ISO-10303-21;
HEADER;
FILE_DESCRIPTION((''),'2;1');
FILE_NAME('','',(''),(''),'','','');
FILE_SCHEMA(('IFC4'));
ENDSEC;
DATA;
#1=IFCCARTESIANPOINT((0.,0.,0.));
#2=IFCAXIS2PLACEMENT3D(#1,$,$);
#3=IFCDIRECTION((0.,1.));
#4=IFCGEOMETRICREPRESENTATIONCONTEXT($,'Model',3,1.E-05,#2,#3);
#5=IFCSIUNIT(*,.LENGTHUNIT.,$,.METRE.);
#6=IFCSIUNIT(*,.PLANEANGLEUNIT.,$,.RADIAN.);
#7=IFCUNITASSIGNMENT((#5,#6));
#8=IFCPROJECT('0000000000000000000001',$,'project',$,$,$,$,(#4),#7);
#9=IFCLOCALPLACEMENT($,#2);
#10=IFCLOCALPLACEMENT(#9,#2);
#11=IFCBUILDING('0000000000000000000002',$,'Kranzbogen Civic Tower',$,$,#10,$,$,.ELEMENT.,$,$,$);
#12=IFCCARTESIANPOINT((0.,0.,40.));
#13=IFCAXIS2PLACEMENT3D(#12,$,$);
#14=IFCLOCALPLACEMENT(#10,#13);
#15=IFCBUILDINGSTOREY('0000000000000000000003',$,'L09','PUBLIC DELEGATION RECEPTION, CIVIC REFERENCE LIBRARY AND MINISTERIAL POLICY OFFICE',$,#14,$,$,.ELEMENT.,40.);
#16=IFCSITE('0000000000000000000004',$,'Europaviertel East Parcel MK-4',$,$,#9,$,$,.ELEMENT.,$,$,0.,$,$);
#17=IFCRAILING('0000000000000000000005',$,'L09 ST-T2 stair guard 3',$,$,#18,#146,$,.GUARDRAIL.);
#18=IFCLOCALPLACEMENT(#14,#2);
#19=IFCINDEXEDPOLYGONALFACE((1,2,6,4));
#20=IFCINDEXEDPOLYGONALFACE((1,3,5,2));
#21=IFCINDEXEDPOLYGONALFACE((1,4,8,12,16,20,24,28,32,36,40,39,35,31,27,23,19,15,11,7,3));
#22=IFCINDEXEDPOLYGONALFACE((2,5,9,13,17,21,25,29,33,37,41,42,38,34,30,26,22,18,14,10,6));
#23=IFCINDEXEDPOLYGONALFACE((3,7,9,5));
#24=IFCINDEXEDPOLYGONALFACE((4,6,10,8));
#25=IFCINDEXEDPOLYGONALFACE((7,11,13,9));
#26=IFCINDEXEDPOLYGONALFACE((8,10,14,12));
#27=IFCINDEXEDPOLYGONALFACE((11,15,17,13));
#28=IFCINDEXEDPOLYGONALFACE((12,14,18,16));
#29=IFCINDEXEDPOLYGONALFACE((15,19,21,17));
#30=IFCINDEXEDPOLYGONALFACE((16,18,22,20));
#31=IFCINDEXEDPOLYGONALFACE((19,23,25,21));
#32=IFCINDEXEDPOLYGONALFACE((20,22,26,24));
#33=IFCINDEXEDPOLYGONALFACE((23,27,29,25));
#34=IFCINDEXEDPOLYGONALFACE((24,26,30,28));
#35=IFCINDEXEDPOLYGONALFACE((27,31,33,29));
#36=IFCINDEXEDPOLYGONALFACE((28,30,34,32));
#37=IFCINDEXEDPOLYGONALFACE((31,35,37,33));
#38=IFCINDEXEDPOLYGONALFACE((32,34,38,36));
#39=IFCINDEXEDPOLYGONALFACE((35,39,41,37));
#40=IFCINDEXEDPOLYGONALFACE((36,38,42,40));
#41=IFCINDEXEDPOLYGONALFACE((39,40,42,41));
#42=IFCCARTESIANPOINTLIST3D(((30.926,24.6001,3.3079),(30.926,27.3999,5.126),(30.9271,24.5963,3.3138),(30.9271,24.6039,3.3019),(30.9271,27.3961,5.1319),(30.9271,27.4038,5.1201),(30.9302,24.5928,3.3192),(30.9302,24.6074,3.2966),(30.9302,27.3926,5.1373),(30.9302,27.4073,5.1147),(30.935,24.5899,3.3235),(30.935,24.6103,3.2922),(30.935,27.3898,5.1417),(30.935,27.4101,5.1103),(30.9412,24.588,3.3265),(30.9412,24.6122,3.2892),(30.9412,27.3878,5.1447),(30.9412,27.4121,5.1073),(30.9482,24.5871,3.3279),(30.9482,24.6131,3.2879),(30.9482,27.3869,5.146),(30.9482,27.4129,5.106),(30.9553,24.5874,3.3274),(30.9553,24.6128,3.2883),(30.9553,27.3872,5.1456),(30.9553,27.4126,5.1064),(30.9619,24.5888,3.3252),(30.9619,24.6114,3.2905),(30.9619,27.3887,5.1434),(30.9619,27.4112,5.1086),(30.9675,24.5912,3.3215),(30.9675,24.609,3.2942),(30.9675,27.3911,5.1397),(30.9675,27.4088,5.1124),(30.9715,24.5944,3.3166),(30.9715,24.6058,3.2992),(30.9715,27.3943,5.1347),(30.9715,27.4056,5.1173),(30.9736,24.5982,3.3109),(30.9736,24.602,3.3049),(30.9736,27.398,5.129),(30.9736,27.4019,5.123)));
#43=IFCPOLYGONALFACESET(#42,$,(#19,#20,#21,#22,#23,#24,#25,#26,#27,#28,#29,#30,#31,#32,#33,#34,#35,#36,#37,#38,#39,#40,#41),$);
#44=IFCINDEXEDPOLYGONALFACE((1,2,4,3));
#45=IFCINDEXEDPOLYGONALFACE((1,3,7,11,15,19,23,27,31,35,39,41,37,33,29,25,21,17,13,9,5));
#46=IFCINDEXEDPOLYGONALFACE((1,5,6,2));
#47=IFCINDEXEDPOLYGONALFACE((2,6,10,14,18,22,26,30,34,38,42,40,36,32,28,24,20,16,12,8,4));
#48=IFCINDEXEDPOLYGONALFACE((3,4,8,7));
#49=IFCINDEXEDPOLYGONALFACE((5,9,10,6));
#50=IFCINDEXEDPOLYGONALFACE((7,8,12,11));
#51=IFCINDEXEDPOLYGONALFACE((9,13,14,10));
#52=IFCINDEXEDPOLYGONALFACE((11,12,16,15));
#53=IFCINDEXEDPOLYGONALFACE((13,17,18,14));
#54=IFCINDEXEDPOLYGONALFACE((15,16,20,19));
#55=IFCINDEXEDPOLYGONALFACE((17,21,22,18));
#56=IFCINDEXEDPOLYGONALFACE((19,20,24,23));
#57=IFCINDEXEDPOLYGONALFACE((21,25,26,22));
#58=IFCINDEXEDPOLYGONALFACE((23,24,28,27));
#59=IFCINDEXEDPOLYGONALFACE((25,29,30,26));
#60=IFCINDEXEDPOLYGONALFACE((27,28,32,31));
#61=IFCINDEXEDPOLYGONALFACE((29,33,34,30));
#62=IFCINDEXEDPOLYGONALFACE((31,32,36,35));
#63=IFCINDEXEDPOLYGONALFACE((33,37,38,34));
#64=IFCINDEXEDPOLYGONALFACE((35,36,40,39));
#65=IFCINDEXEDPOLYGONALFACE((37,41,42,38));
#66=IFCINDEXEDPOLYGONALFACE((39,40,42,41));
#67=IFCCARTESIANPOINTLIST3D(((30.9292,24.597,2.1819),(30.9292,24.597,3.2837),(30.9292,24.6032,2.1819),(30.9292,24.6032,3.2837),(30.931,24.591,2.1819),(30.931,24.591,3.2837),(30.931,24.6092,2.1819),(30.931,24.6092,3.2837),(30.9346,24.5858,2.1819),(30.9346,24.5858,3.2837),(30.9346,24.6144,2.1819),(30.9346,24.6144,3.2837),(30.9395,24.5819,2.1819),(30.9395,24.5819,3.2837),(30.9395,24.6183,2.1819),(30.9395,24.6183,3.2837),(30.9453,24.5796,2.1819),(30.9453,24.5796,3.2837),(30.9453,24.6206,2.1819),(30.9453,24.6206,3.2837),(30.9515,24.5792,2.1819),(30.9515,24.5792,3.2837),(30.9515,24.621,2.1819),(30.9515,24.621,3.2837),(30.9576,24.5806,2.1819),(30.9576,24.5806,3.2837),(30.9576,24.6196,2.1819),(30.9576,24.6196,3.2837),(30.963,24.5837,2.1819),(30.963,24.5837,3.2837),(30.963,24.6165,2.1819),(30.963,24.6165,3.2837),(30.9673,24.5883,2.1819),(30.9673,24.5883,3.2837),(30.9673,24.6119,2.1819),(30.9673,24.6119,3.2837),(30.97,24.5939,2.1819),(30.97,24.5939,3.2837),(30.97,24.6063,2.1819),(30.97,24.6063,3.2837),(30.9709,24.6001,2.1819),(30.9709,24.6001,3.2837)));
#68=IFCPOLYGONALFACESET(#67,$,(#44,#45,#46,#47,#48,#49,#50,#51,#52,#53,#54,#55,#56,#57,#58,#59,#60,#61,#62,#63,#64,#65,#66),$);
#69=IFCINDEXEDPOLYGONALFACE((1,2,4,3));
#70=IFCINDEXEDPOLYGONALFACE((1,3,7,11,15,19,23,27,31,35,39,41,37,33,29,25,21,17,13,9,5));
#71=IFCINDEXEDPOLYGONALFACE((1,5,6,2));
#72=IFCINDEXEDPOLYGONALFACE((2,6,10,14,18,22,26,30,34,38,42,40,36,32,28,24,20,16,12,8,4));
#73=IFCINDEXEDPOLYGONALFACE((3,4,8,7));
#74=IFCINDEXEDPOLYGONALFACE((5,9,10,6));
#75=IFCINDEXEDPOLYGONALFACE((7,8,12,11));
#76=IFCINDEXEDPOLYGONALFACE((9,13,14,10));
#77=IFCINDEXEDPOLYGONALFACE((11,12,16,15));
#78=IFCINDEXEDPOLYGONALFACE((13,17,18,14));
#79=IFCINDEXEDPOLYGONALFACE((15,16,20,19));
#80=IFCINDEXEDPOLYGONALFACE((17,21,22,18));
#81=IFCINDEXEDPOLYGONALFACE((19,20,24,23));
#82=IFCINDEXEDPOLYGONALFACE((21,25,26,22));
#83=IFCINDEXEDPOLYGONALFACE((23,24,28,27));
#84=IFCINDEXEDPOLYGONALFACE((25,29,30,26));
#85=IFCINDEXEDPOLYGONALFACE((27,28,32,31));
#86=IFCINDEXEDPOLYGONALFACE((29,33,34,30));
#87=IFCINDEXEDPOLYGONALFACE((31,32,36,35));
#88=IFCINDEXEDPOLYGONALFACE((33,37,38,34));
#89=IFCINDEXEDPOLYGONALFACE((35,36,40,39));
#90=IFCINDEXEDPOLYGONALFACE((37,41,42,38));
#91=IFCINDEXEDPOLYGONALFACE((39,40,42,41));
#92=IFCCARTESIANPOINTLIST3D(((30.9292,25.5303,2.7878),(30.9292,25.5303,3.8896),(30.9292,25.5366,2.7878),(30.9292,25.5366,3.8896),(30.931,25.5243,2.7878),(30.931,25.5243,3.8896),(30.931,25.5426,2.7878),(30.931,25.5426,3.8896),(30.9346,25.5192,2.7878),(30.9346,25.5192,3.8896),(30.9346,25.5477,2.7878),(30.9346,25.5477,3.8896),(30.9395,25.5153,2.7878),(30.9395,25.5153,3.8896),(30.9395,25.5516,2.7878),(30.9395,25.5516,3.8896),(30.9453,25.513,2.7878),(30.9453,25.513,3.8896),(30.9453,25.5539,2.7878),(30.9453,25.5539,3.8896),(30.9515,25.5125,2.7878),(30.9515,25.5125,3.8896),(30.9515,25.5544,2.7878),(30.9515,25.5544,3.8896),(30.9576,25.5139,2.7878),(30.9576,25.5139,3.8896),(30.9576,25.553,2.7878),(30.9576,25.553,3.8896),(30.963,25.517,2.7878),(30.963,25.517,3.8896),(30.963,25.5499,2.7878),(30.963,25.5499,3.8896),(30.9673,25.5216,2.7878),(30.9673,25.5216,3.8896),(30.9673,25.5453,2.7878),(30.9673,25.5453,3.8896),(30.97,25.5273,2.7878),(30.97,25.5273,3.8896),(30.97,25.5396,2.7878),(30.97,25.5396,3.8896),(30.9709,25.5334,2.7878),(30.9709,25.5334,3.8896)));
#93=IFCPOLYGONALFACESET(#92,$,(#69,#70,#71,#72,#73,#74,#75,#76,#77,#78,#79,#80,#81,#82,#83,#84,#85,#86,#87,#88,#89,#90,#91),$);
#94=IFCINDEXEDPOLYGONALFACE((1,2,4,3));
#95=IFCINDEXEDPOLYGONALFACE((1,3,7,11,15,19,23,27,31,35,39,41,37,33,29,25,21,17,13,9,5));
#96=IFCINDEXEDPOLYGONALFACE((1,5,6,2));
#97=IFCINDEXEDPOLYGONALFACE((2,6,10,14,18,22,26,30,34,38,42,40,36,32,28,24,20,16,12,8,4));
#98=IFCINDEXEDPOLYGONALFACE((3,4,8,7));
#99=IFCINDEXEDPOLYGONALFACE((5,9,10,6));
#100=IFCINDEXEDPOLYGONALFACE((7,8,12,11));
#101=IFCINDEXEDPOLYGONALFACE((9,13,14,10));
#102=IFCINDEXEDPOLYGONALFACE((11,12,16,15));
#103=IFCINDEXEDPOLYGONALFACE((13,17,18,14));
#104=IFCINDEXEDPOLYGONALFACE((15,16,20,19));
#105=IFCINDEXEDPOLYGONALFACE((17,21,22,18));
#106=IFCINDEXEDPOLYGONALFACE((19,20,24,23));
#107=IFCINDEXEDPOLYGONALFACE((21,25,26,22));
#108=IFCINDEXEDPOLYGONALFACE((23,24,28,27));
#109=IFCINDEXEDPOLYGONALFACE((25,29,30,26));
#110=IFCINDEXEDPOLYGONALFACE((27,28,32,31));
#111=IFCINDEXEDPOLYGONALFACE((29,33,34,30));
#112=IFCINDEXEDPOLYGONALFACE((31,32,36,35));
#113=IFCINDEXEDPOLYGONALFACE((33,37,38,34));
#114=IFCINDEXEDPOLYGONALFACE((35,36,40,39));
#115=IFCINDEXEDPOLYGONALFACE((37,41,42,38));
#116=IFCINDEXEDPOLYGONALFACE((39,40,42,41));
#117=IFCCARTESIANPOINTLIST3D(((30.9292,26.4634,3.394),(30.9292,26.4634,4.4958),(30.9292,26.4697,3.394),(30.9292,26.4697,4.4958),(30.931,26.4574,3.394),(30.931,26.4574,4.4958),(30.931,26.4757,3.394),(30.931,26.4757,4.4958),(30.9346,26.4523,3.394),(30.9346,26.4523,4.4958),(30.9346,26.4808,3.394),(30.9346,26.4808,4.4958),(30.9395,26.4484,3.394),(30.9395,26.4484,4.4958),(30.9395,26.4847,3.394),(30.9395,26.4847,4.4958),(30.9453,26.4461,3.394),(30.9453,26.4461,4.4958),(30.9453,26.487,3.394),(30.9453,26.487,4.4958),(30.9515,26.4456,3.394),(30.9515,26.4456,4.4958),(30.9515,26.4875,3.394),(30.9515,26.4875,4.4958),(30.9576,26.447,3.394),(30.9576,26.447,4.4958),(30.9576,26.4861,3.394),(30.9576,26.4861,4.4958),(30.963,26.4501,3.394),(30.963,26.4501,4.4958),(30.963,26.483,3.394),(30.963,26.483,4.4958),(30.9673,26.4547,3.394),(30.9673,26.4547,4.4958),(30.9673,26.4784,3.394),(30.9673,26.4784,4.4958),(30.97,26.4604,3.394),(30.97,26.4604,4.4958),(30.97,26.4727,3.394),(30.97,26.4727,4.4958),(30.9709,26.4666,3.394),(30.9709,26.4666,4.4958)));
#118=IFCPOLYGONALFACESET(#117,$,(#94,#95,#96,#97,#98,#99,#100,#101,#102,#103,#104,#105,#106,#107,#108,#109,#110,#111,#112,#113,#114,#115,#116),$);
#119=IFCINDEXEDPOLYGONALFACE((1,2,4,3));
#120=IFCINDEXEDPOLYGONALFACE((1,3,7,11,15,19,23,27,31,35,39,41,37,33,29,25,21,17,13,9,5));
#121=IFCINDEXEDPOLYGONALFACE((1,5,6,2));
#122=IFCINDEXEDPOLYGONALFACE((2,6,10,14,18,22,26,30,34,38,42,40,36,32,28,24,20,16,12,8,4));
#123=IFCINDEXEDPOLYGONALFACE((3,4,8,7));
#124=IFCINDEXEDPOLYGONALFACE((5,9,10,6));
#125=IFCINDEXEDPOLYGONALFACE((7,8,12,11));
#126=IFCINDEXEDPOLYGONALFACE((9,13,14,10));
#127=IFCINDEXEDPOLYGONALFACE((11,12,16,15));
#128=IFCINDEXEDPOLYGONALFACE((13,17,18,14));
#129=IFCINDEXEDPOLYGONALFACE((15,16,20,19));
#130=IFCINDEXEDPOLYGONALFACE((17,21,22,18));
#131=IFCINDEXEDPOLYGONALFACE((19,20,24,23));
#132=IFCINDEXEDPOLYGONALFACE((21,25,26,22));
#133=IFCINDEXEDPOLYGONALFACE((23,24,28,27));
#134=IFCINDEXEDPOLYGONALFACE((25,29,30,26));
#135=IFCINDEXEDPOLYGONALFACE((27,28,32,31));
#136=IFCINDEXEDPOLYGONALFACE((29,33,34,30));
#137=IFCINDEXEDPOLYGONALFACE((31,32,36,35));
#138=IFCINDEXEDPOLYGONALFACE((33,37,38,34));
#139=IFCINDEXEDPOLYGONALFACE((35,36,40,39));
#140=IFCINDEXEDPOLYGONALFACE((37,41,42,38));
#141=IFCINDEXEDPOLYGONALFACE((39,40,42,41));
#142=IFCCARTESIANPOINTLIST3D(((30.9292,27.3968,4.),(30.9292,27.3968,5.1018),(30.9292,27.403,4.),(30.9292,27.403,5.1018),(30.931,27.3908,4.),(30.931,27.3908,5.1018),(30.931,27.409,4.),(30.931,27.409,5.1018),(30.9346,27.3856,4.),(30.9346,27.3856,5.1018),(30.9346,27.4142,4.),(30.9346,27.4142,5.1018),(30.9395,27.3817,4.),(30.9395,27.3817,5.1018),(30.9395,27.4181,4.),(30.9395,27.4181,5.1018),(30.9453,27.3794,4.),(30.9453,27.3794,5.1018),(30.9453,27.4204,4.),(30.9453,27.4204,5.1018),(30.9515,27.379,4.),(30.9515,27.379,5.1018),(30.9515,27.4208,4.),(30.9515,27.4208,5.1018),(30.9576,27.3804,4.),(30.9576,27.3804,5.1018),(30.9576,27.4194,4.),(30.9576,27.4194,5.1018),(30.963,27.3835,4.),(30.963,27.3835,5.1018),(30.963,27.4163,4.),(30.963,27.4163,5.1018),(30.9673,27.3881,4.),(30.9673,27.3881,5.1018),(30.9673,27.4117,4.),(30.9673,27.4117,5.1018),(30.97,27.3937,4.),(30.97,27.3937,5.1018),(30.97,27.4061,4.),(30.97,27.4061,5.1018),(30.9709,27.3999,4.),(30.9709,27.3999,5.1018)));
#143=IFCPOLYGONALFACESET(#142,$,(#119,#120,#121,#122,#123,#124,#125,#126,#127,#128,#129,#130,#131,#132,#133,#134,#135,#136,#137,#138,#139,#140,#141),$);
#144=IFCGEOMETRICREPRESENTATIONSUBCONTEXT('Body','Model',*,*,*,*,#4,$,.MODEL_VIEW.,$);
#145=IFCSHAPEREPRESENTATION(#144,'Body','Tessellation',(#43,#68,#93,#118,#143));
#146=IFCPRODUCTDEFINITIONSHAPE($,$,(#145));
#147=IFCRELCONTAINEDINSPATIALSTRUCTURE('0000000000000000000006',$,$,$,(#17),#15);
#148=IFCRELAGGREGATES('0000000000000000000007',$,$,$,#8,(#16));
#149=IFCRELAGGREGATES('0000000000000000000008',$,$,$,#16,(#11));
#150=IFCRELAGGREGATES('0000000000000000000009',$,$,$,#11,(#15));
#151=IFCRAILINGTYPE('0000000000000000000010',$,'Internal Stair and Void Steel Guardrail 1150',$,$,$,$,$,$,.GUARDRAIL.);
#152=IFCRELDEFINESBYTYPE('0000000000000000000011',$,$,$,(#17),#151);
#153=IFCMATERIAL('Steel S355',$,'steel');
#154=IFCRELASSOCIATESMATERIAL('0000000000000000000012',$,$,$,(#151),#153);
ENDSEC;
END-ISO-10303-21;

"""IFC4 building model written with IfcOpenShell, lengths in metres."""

from ifc_helpers import new_model, si_unit, direction, frame, origin, origin_2d, place, context, subcontext, project, spatial, circle, extrude, material, type_object, element, save


model = new_model("IFC4")

# Units and contexts
model_context = context("Model", 3, precision=1e-05, world=origin(), true_north=direction((0.0, 1.0)))
body_context = subcontext(model_context, "Body", "Model", "MODEL_VIEW")
ifc_project = project(units=[si_unit("LENGTHUNIT", "METRE"), si_unit("PLANEANGLEUNIT", "RADIAN")], contexts=[model_context])

# Site, building, storey
site_placement = place(None, origin())
site = spatial("IfcSite", under=ifc_project, at=site_placement, Name="Europaviertel East Parcel MK-4", CompositionType="ELEMENT", RefElevation=0.0)
building_placement = place(site_placement, origin())
building = spatial("IfcBuilding", under=site, at=building_placement, Name="Kranzbogen Civic Tower", CompositionType="ELEMENT")
storey_placement = place(building_placement, frame((0.0, 0.0, 40.0)))
storey = spatial("IfcBuildingStorey", under=building, at=storey_placement, Name="L09", Description="PUBLIC DELEGATION RECEPTION, CIVIC REFERENCE LIBRARY AND MINISTERIAL POLICY OFFICE", CompositionType="ELEMENT", Elevation=40.0)

# Shared definitions
ifc_material_1 = material(Name="Steel S355", Category="steel")

# Railing
railing_type_1 = type_object("IfcRailingType", Name="Internal Stair and Void Steel Guardrail 1150", PredefinedType="GUARDRAIL", material=ifc_material_1)
railing_1_placement = place(storey_placement, frame((30.95, 24.6001, 2.1819)))
element("IfcRailing", 1, at=railing_1_placement, inside=storey, type_object=railing_type_1, Name="L09 ST-T2 stair guard 3", PredefinedType="GUARDRAIL", context=body_context, shape_type="SweptSolid", body=[
    extrude(circle(Radius=0.0239, at=origin_2d()), frame((0.0, 0.0, 1.126), z_axis=(0.0, 0.838684, 0.544618), x_axis=(-1.0, 0.0, 0.0)), (0.0, 0.0, 1.0), 3.3384),
    extrude(circle(Radius=0.021, at=origin_2d()), origin(), (0.0, 0.0, 1.0), 1.1018),
    extrude(circle(Radius=0.021, at=origin_2d()), frame((0.0, 0.9333, 0.606)), (0.0, 0.0, 1.0), 1.1018),
    extrude(circle(Radius=0.021, at=origin_2d()), frame((0.0, 1.8665, 1.2122)), (0.0, 0.0, 1.0), 1.1018),
    extrude(circle(Radius=0.021, at=origin_2d()), frame((0.0, 2.7998, 1.8181)), (0.0, 0.0, 1.0), 1.1018),
])

save(model, "model.ifc")
